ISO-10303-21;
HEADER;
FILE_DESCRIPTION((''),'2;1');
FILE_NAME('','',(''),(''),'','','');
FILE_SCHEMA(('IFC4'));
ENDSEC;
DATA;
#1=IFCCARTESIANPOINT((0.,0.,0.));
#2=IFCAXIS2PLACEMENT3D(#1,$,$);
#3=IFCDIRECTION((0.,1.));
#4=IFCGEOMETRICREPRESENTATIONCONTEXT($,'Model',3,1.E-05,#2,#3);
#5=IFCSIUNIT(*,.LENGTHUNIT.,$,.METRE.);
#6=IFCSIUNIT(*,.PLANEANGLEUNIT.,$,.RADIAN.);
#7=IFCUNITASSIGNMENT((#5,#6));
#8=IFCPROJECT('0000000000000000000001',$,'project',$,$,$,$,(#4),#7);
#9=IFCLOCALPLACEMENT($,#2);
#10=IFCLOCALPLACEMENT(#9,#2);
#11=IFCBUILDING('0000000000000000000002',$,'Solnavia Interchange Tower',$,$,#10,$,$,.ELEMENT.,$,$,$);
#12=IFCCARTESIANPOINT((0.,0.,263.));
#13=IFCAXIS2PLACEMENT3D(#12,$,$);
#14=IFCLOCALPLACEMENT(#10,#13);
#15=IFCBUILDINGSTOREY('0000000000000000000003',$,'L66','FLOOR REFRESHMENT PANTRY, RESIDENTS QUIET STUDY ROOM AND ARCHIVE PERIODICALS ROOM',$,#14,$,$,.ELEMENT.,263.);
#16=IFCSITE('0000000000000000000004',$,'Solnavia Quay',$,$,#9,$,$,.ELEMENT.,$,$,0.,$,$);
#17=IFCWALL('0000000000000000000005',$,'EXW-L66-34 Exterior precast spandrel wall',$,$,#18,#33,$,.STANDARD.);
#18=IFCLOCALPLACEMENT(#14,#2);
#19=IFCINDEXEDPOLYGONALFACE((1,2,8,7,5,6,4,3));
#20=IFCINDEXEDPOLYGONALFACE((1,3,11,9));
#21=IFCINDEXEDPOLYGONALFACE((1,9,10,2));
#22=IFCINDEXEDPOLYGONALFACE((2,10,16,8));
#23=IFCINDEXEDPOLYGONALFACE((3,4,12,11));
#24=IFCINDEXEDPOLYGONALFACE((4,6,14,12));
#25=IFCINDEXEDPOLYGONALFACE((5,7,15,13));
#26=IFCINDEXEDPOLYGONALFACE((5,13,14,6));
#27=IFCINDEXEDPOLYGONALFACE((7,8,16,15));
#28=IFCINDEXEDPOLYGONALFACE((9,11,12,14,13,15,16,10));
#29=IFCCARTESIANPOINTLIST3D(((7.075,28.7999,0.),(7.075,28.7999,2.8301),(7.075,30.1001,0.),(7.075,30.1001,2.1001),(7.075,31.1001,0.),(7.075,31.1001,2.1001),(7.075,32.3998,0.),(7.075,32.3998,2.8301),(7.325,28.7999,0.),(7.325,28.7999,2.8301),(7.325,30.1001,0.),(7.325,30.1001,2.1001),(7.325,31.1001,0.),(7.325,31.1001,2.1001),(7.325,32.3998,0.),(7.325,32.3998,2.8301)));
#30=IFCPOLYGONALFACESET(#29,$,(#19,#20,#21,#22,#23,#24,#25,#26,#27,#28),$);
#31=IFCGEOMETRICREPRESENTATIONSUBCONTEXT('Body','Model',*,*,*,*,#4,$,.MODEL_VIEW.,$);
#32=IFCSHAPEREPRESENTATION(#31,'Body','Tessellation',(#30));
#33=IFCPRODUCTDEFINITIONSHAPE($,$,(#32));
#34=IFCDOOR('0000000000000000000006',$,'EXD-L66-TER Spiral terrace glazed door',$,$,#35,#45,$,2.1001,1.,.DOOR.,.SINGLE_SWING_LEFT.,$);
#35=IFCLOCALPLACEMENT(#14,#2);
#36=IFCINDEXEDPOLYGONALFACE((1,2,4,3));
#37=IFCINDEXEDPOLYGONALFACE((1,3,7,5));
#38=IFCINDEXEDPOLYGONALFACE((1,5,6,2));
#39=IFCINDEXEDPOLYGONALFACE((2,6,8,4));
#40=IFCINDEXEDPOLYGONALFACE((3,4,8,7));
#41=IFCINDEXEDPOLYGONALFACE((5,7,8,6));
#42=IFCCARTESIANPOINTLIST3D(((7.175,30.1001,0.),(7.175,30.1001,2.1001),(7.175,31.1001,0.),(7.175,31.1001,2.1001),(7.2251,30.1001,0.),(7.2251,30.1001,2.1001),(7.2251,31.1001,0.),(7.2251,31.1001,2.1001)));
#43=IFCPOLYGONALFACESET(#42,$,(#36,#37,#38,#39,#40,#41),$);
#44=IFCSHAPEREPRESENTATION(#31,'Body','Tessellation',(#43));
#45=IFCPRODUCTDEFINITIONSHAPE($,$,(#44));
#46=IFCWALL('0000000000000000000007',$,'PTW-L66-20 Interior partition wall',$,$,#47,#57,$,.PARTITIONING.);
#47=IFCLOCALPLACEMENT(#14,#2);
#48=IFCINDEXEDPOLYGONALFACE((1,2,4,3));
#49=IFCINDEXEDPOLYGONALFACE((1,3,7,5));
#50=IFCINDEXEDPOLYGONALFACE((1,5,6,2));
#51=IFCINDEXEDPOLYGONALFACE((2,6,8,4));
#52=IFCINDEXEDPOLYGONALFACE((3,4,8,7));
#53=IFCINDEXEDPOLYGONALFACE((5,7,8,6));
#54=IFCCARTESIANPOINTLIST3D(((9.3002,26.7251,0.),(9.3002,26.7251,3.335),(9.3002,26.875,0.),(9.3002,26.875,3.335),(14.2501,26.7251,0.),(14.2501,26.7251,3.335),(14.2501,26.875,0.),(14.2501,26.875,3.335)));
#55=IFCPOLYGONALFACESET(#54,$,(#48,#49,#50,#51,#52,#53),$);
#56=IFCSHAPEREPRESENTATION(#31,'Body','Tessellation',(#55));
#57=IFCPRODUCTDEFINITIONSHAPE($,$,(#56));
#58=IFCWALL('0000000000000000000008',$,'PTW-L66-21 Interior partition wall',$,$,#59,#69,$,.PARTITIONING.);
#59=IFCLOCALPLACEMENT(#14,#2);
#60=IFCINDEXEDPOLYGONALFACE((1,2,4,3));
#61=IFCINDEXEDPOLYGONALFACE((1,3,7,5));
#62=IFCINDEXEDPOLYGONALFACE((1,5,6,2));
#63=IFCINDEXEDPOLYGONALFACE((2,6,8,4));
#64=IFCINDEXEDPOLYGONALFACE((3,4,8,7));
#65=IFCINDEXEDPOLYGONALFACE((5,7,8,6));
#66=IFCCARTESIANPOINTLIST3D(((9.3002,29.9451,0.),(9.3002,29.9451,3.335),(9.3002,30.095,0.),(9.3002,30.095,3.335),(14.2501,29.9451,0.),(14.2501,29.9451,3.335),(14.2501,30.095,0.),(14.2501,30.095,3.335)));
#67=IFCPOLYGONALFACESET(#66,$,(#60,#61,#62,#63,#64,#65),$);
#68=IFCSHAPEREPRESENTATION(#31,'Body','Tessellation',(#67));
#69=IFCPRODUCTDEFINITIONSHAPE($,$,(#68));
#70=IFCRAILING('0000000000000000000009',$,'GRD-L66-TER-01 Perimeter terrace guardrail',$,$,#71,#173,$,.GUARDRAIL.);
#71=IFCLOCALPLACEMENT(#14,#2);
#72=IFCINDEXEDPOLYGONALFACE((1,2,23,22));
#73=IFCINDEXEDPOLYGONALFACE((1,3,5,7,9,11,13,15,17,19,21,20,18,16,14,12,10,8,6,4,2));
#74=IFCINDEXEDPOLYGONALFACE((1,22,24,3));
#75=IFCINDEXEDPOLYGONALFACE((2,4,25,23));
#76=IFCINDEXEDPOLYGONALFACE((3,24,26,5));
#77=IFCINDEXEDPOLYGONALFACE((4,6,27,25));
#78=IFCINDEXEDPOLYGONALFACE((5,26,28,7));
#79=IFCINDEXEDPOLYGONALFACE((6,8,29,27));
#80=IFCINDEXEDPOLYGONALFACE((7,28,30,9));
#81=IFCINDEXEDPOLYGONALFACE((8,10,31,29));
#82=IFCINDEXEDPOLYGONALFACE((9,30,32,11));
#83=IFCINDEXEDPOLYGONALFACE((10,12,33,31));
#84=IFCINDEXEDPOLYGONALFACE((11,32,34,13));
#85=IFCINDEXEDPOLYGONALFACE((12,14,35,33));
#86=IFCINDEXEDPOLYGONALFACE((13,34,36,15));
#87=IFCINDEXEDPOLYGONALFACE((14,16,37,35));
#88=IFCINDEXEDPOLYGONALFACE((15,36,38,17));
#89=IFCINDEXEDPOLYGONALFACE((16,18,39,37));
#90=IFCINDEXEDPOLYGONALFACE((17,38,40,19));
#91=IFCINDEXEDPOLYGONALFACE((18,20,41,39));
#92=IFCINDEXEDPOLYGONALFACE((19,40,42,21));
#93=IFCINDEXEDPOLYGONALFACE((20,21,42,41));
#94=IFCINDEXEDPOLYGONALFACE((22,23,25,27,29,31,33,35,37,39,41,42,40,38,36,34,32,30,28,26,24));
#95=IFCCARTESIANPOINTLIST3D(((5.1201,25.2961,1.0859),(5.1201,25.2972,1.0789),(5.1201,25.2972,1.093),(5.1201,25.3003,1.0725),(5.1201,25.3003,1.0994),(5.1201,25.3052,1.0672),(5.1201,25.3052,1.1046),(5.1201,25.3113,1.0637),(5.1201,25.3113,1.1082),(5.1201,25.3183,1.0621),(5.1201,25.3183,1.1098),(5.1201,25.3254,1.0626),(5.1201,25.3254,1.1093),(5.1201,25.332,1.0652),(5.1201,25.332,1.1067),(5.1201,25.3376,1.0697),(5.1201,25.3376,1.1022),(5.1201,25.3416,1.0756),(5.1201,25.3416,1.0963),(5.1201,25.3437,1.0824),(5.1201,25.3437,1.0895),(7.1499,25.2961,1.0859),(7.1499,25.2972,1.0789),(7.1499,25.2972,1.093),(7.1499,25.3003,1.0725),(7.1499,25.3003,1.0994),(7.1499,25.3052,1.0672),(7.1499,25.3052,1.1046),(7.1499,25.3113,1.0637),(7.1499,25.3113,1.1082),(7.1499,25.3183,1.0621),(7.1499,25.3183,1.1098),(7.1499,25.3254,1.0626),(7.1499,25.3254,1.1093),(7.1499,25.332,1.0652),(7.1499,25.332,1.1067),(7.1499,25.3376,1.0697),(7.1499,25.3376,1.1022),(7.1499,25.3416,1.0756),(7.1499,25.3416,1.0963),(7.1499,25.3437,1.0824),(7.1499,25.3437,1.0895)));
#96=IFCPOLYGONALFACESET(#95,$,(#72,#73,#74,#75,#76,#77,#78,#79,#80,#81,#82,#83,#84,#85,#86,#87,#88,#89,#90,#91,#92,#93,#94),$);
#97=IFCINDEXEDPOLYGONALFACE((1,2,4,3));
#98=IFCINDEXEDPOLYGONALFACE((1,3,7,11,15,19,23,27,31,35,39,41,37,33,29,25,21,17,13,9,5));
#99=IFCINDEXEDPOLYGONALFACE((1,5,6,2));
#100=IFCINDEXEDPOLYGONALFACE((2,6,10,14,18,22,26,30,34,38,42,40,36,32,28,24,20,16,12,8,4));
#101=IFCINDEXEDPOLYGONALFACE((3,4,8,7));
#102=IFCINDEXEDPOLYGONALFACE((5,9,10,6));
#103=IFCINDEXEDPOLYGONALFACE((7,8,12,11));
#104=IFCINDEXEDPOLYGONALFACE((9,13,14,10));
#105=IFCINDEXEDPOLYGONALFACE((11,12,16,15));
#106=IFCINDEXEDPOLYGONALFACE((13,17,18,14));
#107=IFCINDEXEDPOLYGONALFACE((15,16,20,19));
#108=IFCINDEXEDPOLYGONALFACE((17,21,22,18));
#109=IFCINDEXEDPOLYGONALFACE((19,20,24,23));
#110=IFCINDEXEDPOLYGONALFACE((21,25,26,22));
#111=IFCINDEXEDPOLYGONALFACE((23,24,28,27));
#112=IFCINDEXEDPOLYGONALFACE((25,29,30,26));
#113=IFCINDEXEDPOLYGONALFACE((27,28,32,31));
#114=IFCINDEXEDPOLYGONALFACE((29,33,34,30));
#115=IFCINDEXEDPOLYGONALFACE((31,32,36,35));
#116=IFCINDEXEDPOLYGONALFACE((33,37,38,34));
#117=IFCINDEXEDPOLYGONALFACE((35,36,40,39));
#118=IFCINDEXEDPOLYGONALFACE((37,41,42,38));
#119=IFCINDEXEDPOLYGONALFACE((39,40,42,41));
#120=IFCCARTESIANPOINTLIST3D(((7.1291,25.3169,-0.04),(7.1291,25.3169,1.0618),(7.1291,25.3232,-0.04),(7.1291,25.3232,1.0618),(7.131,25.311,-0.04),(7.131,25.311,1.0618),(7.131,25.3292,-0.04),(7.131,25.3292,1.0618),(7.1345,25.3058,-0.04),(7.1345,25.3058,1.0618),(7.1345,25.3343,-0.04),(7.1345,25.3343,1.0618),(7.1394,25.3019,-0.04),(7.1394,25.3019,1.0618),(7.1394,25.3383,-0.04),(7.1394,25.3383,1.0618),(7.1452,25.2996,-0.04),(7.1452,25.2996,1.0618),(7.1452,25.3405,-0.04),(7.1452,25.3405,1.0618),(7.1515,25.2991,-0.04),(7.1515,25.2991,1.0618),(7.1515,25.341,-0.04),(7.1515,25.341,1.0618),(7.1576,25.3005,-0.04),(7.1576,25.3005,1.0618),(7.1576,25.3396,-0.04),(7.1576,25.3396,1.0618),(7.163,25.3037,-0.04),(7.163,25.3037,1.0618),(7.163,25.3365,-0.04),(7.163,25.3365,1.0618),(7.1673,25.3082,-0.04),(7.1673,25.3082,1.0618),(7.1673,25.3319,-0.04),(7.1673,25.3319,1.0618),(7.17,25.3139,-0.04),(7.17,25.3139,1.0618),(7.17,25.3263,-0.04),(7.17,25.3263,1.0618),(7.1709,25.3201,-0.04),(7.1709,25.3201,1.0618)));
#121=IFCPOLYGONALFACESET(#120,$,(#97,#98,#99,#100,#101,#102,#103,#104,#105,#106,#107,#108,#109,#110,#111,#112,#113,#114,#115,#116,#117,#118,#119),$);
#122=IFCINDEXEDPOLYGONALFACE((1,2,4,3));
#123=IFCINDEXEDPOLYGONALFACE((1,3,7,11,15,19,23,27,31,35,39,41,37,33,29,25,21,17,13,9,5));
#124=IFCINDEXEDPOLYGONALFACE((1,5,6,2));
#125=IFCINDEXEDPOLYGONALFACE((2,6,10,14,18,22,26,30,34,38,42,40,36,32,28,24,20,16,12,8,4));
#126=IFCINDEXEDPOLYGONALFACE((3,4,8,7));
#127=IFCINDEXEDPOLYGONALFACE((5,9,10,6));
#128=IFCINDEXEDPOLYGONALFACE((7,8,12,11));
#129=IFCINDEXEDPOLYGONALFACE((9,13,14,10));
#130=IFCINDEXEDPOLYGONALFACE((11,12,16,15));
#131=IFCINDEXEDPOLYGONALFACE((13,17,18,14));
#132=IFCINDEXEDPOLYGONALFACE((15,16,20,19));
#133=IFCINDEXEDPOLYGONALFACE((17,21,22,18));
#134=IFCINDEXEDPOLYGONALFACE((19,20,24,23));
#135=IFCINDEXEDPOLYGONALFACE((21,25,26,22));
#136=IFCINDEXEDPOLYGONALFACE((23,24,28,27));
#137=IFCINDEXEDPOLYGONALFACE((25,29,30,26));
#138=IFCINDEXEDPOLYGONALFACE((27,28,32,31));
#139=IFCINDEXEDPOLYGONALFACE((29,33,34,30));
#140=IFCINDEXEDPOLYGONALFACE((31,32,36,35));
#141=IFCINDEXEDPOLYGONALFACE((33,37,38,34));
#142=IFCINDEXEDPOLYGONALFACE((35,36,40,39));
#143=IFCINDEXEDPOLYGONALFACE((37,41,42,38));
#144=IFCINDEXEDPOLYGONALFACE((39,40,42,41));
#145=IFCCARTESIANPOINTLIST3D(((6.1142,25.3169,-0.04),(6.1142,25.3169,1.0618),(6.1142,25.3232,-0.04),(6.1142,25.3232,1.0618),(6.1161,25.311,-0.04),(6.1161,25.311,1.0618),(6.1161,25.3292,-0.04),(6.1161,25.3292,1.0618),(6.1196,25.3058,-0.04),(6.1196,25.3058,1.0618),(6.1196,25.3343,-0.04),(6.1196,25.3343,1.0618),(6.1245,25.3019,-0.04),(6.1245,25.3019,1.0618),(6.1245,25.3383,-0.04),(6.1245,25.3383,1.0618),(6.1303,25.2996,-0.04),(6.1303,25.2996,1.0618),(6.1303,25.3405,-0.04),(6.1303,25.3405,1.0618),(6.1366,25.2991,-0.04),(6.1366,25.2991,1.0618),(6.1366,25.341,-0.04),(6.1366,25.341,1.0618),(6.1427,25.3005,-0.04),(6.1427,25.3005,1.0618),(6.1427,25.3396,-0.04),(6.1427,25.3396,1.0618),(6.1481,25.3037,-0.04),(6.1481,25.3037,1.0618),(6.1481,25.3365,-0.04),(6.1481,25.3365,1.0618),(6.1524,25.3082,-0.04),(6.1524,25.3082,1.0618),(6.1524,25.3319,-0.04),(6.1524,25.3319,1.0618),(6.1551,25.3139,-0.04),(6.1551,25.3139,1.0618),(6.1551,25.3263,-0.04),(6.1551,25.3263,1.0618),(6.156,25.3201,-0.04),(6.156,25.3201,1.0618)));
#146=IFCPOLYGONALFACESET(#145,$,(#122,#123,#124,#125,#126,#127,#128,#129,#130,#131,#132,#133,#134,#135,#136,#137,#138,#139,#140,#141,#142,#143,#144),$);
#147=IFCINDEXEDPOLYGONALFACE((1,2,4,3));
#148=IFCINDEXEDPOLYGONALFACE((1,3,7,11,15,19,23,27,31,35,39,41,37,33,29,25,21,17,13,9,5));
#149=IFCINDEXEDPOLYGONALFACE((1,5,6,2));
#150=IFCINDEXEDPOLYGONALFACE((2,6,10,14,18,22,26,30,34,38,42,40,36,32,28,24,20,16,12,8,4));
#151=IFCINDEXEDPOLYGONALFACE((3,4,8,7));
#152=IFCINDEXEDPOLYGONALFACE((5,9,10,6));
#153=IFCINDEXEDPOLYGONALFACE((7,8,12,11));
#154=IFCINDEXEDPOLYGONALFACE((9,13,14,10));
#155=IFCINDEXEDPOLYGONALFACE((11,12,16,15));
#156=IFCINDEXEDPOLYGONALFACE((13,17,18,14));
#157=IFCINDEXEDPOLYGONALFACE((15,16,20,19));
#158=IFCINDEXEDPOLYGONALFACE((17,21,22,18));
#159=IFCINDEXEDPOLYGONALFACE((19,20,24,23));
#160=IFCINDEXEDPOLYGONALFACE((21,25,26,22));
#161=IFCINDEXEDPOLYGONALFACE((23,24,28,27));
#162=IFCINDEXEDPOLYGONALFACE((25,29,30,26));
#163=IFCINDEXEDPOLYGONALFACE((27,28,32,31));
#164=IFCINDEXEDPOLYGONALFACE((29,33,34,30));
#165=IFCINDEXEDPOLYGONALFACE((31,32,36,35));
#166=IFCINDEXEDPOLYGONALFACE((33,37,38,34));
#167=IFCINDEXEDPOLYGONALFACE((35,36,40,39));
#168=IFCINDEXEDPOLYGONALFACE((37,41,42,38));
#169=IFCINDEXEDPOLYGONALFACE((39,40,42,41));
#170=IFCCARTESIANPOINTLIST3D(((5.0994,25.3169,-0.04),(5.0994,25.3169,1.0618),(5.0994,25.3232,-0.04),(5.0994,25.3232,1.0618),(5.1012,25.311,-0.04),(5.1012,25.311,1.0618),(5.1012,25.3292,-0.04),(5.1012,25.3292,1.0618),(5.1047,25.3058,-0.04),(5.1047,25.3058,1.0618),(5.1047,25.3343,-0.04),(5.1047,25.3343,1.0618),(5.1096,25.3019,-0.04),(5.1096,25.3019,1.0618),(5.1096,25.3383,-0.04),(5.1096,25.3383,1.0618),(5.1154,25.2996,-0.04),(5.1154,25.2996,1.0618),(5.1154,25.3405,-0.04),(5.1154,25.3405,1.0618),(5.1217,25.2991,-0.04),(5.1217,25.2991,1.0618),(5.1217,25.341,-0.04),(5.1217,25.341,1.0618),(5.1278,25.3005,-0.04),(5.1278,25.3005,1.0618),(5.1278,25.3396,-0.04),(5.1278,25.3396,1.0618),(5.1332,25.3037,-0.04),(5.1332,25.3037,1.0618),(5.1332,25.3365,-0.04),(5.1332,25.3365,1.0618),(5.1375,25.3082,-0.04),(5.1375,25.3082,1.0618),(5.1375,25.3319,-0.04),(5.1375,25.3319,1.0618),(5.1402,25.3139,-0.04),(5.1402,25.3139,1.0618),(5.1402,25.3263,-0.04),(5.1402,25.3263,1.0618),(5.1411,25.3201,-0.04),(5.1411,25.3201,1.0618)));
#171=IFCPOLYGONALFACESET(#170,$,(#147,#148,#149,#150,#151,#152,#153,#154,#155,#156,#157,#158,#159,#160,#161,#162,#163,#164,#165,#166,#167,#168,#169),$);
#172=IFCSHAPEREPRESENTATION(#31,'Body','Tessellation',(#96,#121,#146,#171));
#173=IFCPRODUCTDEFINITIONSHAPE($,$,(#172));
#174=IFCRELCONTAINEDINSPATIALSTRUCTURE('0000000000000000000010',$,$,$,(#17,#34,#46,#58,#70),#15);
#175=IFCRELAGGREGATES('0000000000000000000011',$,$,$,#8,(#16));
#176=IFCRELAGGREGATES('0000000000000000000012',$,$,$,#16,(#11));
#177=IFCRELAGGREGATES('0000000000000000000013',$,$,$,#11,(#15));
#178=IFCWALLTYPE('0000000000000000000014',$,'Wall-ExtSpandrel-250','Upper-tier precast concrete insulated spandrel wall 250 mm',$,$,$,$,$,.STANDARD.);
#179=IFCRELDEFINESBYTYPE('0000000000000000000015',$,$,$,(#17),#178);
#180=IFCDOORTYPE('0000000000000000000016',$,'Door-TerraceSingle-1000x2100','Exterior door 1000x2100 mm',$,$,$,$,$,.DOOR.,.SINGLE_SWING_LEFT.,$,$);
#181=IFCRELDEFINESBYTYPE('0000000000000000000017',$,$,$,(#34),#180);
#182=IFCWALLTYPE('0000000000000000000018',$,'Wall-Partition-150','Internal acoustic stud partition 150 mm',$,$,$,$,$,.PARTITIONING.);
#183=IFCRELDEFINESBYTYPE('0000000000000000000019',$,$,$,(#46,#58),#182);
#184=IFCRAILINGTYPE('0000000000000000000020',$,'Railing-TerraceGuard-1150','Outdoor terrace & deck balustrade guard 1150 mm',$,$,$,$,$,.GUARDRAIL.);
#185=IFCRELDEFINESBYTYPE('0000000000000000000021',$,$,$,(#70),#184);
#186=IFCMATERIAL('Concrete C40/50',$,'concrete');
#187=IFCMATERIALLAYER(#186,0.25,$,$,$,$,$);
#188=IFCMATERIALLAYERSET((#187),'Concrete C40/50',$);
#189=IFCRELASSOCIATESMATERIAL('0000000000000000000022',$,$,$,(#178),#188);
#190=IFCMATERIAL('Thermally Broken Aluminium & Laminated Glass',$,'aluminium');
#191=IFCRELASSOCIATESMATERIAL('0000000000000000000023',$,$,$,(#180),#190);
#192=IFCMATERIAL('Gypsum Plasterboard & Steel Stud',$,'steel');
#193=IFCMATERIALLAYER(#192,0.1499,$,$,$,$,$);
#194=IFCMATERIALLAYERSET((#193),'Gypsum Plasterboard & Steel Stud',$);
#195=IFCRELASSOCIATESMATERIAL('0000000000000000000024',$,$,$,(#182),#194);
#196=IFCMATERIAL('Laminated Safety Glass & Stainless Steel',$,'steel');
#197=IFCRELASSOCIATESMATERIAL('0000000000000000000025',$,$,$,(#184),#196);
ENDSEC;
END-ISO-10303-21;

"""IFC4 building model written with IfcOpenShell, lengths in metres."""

from ifc_helpers import new_model, si_unit, direction, frame, frame_2d, origin, origin_2d, place, context, subcontext, project, spatial, rectangle, circle, extrude, material, layer, layer_set, type_object, element, fill, save


model = new_model("IFC4")

# Units and contexts
model_context = context("Model", 3, precision=1e-05, world=origin(), true_north=direction((0.0, 1.0)))
body_context = subcontext(model_context, "Body", "Model", "MODEL_VIEW")
ifc_project = project(units=[si_unit("LENGTHUNIT", "METRE"), si_unit("PLANEANGLEUNIT", "RADIAN")], contexts=[model_context])

# Site, building, storey
site_placement = place(None, origin())
site = spatial("IfcSite", under=ifc_project, at=site_placement, Name="Solnavia Quay", CompositionType="ELEMENT", RefElevation=0.0)
building_placement = place(site_placement, origin())
building = spatial("IfcBuilding", under=site, at=building_placement, Name="Solnavia Interchange Tower", CompositionType="ELEMENT")
storey_placement = place(building_placement, frame((0.0, 0.0, 263.0)))
storey = spatial("IfcBuildingStorey", under=building, at=storey_placement, Name="L66", Description="FLOOR REFRESHMENT PANTRY, RESIDENTS QUIET STUDY ROOM AND ARCHIVE PERIODICALS ROOM", CompositionType="ELEMENT", Elevation=263.0)

# Shared definitions
ifc_material_1 = material(Name="Concrete C40/50", Category="concrete")
ifc_layer_1 = layer(ifc_material_1, 0.25)
ifc_layer_set_1 = layer_set([ifc_layer_1], Name="Concrete C40/50")
wall_type_1 = type_object("IfcWallType", Name="Wall-ExtSpandrel-250", Description="Upper-tier precast concrete insulated spandrel wall 250 mm", PredefinedType="STANDARD", material=ifc_layer_set_1)

# Wall, opening, door
wall_1_placement = place(storey_placement, frame((7.2, 28.8, 0.0), z_axis=(0.0, 0.0, 1.0), x_axis=(0.0, 1.0, 0.0)))
wall_1 = element("IfcWall", 1, at=wall_1_placement, inside=storey, type_object=wall_type_1, Name="EXW-L66-34 Exterior precast spandrel wall", PredefinedType="STANDARD", context=body_context, shape_type="SweptSolid", body=[
    extrude(rectangle(XDim=3.5999, YDim=0.25, at=frame_2d((1.7998, 0.0))), origin(), (0.0, 0.0, 1.0), 2.8301),
])
opening_placement = place(wall_1_placement, frame((1.3, 0.0, 0.0)))
opening = element("IfcOpeningElement", 2, at=opening_placement, cuts=wall_1, PredefinedType="OPENING", context=body_context, shape_type="SweptSolid", body=[
    extrude(rectangle(XDim=1.0, YDim=2.1001, at=frame_2d((0.5, 1.05))), frame((0.0, 0.135, 0.0), z_axis=(0.0, -1.0, 0.0), x_axis=(1.0, 0.0, 0.0)), (0.0, 0.0, 1.0), 0.27),
])
ifc_material_2 = material(Name="Thermally Broken Aluminium & Laminated Glass", Category="aluminium")
door_type = type_object("IfcDoorType", Name="Door-TerraceSingle-1000x2100", Description="Exterior door 1000x2100 mm", OperationType="SINGLE_SWING_LEFT", PredefinedType="DOOR", material=ifc_material_2)
door_placement = place(opening_placement, origin())
door = element("IfcDoor", 3, at=door_placement, inside=storey, type_object=door_type, Name="EXD-L66-TER Spiral terrace glazed door", OperationType="SINGLE_SWING_LEFT", OverallHeight=2.1001, OverallWidth=1.0, PredefinedType="DOOR", context=body_context, shape_type="SweptSolid", body=[
    extrude(rectangle(XDim=1.0, YDim=2.1001, at=frame_2d((0.5, 1.05))), frame((0.0, 0.0249, 0.0), z_axis=(0.0, -1.0, 0.0), x_axis=(1.0, 0.0, 0.0)), (0.0, 0.0, 1.0), 0.05),
])
fill(opening, door)

# Walls
ifc_material_3 = material(Name="Gypsum Plasterboard & Steel Stud", Category="steel")
ifc_layer_2 = layer(ifc_material_3, 0.1499)
ifc_layer_set_2 = layer_set([ifc_layer_2], Name="Gypsum Plasterboard & Steel Stud")
wall_type_2 = type_object("IfcWallType", Name="Wall-Partition-150", Description="Internal acoustic stud partition 150 mm", PredefinedType="PARTITIONING", material=ifc_layer_set_2)
for number, where, z_axis, x_axis, name in (
    (4, (9.3, 26.8, 0.0), (0.0, 0.0, 1.0), (1.0, 0.0, 0.0), "PTW-L66-20 Interior partition wall"),
    (5, (9.3, 30.02, 0.0), (0.0, 0.0, 1.0), (1.0, 0.0, 0.0), "PTW-L66-21 Interior partition wall"),
):
    element("IfcWall", number, at=place(storey_placement, frame(where, z_axis=z_axis, x_axis=x_axis)), inside=storey, type_object=wall_type_2, Name=name, PredefinedType="PARTITIONING", context=body_context, shape_type="SweptSolid", body=[
        extrude(rectangle(XDim=4.95, YDim=0.1499, at=frame_2d((2.4751, 0.0))), origin(), (0.0, 0.0, 1.0), 3.335),
    ])

# Railing
ifc_material_4 = material(Name="Laminated Safety Glass & Stainless Steel", Category="steel")
railing_type = type_object("IfcRailingType", Name="Railing-TerraceGuard-1150", Description="Outdoor terrace & deck balustrade guard 1150 mm", PredefinedType="GUARDRAIL", material=ifc_material_4)
railing_1_placement = place(storey_placement, frame((7.1499, 25.3201, -0.04)))
element("IfcRailing", 6, at=railing_1_placement, inside=storey, type_object=railing_type, Name="GRD-L66-TER-01 Perimeter terrace guardrail", PredefinedType="GUARDRAIL", context=body_context, shape_type="SweptSolid", body=[
    extrude(circle(Radius=0.0239, at=origin_2d()), frame((0.0, 0.0, 1.126), z_axis=(-1.0, 0.0, 0.0), x_axis=(0.0, -1.0, 0.0)), (0.0, 0.0, 1.0), 2.0298),
    extrude(circle(Radius=0.021, at=origin_2d()), origin(), (0.0, 0.0, 1.0), 1.1018),
    extrude(circle(Radius=0.021, at=origin_2d()), frame((-1.0149, 0.0, 0.0)), (0.0, 0.0, 1.0), 1.1018),
    extrude(circle(Radius=0.021, at=origin_2d()), frame((-2.0298, 0.0, 0.0)), (0.0, 0.0, 1.0), 1.1018),
])

save(model, "model.ifc")
